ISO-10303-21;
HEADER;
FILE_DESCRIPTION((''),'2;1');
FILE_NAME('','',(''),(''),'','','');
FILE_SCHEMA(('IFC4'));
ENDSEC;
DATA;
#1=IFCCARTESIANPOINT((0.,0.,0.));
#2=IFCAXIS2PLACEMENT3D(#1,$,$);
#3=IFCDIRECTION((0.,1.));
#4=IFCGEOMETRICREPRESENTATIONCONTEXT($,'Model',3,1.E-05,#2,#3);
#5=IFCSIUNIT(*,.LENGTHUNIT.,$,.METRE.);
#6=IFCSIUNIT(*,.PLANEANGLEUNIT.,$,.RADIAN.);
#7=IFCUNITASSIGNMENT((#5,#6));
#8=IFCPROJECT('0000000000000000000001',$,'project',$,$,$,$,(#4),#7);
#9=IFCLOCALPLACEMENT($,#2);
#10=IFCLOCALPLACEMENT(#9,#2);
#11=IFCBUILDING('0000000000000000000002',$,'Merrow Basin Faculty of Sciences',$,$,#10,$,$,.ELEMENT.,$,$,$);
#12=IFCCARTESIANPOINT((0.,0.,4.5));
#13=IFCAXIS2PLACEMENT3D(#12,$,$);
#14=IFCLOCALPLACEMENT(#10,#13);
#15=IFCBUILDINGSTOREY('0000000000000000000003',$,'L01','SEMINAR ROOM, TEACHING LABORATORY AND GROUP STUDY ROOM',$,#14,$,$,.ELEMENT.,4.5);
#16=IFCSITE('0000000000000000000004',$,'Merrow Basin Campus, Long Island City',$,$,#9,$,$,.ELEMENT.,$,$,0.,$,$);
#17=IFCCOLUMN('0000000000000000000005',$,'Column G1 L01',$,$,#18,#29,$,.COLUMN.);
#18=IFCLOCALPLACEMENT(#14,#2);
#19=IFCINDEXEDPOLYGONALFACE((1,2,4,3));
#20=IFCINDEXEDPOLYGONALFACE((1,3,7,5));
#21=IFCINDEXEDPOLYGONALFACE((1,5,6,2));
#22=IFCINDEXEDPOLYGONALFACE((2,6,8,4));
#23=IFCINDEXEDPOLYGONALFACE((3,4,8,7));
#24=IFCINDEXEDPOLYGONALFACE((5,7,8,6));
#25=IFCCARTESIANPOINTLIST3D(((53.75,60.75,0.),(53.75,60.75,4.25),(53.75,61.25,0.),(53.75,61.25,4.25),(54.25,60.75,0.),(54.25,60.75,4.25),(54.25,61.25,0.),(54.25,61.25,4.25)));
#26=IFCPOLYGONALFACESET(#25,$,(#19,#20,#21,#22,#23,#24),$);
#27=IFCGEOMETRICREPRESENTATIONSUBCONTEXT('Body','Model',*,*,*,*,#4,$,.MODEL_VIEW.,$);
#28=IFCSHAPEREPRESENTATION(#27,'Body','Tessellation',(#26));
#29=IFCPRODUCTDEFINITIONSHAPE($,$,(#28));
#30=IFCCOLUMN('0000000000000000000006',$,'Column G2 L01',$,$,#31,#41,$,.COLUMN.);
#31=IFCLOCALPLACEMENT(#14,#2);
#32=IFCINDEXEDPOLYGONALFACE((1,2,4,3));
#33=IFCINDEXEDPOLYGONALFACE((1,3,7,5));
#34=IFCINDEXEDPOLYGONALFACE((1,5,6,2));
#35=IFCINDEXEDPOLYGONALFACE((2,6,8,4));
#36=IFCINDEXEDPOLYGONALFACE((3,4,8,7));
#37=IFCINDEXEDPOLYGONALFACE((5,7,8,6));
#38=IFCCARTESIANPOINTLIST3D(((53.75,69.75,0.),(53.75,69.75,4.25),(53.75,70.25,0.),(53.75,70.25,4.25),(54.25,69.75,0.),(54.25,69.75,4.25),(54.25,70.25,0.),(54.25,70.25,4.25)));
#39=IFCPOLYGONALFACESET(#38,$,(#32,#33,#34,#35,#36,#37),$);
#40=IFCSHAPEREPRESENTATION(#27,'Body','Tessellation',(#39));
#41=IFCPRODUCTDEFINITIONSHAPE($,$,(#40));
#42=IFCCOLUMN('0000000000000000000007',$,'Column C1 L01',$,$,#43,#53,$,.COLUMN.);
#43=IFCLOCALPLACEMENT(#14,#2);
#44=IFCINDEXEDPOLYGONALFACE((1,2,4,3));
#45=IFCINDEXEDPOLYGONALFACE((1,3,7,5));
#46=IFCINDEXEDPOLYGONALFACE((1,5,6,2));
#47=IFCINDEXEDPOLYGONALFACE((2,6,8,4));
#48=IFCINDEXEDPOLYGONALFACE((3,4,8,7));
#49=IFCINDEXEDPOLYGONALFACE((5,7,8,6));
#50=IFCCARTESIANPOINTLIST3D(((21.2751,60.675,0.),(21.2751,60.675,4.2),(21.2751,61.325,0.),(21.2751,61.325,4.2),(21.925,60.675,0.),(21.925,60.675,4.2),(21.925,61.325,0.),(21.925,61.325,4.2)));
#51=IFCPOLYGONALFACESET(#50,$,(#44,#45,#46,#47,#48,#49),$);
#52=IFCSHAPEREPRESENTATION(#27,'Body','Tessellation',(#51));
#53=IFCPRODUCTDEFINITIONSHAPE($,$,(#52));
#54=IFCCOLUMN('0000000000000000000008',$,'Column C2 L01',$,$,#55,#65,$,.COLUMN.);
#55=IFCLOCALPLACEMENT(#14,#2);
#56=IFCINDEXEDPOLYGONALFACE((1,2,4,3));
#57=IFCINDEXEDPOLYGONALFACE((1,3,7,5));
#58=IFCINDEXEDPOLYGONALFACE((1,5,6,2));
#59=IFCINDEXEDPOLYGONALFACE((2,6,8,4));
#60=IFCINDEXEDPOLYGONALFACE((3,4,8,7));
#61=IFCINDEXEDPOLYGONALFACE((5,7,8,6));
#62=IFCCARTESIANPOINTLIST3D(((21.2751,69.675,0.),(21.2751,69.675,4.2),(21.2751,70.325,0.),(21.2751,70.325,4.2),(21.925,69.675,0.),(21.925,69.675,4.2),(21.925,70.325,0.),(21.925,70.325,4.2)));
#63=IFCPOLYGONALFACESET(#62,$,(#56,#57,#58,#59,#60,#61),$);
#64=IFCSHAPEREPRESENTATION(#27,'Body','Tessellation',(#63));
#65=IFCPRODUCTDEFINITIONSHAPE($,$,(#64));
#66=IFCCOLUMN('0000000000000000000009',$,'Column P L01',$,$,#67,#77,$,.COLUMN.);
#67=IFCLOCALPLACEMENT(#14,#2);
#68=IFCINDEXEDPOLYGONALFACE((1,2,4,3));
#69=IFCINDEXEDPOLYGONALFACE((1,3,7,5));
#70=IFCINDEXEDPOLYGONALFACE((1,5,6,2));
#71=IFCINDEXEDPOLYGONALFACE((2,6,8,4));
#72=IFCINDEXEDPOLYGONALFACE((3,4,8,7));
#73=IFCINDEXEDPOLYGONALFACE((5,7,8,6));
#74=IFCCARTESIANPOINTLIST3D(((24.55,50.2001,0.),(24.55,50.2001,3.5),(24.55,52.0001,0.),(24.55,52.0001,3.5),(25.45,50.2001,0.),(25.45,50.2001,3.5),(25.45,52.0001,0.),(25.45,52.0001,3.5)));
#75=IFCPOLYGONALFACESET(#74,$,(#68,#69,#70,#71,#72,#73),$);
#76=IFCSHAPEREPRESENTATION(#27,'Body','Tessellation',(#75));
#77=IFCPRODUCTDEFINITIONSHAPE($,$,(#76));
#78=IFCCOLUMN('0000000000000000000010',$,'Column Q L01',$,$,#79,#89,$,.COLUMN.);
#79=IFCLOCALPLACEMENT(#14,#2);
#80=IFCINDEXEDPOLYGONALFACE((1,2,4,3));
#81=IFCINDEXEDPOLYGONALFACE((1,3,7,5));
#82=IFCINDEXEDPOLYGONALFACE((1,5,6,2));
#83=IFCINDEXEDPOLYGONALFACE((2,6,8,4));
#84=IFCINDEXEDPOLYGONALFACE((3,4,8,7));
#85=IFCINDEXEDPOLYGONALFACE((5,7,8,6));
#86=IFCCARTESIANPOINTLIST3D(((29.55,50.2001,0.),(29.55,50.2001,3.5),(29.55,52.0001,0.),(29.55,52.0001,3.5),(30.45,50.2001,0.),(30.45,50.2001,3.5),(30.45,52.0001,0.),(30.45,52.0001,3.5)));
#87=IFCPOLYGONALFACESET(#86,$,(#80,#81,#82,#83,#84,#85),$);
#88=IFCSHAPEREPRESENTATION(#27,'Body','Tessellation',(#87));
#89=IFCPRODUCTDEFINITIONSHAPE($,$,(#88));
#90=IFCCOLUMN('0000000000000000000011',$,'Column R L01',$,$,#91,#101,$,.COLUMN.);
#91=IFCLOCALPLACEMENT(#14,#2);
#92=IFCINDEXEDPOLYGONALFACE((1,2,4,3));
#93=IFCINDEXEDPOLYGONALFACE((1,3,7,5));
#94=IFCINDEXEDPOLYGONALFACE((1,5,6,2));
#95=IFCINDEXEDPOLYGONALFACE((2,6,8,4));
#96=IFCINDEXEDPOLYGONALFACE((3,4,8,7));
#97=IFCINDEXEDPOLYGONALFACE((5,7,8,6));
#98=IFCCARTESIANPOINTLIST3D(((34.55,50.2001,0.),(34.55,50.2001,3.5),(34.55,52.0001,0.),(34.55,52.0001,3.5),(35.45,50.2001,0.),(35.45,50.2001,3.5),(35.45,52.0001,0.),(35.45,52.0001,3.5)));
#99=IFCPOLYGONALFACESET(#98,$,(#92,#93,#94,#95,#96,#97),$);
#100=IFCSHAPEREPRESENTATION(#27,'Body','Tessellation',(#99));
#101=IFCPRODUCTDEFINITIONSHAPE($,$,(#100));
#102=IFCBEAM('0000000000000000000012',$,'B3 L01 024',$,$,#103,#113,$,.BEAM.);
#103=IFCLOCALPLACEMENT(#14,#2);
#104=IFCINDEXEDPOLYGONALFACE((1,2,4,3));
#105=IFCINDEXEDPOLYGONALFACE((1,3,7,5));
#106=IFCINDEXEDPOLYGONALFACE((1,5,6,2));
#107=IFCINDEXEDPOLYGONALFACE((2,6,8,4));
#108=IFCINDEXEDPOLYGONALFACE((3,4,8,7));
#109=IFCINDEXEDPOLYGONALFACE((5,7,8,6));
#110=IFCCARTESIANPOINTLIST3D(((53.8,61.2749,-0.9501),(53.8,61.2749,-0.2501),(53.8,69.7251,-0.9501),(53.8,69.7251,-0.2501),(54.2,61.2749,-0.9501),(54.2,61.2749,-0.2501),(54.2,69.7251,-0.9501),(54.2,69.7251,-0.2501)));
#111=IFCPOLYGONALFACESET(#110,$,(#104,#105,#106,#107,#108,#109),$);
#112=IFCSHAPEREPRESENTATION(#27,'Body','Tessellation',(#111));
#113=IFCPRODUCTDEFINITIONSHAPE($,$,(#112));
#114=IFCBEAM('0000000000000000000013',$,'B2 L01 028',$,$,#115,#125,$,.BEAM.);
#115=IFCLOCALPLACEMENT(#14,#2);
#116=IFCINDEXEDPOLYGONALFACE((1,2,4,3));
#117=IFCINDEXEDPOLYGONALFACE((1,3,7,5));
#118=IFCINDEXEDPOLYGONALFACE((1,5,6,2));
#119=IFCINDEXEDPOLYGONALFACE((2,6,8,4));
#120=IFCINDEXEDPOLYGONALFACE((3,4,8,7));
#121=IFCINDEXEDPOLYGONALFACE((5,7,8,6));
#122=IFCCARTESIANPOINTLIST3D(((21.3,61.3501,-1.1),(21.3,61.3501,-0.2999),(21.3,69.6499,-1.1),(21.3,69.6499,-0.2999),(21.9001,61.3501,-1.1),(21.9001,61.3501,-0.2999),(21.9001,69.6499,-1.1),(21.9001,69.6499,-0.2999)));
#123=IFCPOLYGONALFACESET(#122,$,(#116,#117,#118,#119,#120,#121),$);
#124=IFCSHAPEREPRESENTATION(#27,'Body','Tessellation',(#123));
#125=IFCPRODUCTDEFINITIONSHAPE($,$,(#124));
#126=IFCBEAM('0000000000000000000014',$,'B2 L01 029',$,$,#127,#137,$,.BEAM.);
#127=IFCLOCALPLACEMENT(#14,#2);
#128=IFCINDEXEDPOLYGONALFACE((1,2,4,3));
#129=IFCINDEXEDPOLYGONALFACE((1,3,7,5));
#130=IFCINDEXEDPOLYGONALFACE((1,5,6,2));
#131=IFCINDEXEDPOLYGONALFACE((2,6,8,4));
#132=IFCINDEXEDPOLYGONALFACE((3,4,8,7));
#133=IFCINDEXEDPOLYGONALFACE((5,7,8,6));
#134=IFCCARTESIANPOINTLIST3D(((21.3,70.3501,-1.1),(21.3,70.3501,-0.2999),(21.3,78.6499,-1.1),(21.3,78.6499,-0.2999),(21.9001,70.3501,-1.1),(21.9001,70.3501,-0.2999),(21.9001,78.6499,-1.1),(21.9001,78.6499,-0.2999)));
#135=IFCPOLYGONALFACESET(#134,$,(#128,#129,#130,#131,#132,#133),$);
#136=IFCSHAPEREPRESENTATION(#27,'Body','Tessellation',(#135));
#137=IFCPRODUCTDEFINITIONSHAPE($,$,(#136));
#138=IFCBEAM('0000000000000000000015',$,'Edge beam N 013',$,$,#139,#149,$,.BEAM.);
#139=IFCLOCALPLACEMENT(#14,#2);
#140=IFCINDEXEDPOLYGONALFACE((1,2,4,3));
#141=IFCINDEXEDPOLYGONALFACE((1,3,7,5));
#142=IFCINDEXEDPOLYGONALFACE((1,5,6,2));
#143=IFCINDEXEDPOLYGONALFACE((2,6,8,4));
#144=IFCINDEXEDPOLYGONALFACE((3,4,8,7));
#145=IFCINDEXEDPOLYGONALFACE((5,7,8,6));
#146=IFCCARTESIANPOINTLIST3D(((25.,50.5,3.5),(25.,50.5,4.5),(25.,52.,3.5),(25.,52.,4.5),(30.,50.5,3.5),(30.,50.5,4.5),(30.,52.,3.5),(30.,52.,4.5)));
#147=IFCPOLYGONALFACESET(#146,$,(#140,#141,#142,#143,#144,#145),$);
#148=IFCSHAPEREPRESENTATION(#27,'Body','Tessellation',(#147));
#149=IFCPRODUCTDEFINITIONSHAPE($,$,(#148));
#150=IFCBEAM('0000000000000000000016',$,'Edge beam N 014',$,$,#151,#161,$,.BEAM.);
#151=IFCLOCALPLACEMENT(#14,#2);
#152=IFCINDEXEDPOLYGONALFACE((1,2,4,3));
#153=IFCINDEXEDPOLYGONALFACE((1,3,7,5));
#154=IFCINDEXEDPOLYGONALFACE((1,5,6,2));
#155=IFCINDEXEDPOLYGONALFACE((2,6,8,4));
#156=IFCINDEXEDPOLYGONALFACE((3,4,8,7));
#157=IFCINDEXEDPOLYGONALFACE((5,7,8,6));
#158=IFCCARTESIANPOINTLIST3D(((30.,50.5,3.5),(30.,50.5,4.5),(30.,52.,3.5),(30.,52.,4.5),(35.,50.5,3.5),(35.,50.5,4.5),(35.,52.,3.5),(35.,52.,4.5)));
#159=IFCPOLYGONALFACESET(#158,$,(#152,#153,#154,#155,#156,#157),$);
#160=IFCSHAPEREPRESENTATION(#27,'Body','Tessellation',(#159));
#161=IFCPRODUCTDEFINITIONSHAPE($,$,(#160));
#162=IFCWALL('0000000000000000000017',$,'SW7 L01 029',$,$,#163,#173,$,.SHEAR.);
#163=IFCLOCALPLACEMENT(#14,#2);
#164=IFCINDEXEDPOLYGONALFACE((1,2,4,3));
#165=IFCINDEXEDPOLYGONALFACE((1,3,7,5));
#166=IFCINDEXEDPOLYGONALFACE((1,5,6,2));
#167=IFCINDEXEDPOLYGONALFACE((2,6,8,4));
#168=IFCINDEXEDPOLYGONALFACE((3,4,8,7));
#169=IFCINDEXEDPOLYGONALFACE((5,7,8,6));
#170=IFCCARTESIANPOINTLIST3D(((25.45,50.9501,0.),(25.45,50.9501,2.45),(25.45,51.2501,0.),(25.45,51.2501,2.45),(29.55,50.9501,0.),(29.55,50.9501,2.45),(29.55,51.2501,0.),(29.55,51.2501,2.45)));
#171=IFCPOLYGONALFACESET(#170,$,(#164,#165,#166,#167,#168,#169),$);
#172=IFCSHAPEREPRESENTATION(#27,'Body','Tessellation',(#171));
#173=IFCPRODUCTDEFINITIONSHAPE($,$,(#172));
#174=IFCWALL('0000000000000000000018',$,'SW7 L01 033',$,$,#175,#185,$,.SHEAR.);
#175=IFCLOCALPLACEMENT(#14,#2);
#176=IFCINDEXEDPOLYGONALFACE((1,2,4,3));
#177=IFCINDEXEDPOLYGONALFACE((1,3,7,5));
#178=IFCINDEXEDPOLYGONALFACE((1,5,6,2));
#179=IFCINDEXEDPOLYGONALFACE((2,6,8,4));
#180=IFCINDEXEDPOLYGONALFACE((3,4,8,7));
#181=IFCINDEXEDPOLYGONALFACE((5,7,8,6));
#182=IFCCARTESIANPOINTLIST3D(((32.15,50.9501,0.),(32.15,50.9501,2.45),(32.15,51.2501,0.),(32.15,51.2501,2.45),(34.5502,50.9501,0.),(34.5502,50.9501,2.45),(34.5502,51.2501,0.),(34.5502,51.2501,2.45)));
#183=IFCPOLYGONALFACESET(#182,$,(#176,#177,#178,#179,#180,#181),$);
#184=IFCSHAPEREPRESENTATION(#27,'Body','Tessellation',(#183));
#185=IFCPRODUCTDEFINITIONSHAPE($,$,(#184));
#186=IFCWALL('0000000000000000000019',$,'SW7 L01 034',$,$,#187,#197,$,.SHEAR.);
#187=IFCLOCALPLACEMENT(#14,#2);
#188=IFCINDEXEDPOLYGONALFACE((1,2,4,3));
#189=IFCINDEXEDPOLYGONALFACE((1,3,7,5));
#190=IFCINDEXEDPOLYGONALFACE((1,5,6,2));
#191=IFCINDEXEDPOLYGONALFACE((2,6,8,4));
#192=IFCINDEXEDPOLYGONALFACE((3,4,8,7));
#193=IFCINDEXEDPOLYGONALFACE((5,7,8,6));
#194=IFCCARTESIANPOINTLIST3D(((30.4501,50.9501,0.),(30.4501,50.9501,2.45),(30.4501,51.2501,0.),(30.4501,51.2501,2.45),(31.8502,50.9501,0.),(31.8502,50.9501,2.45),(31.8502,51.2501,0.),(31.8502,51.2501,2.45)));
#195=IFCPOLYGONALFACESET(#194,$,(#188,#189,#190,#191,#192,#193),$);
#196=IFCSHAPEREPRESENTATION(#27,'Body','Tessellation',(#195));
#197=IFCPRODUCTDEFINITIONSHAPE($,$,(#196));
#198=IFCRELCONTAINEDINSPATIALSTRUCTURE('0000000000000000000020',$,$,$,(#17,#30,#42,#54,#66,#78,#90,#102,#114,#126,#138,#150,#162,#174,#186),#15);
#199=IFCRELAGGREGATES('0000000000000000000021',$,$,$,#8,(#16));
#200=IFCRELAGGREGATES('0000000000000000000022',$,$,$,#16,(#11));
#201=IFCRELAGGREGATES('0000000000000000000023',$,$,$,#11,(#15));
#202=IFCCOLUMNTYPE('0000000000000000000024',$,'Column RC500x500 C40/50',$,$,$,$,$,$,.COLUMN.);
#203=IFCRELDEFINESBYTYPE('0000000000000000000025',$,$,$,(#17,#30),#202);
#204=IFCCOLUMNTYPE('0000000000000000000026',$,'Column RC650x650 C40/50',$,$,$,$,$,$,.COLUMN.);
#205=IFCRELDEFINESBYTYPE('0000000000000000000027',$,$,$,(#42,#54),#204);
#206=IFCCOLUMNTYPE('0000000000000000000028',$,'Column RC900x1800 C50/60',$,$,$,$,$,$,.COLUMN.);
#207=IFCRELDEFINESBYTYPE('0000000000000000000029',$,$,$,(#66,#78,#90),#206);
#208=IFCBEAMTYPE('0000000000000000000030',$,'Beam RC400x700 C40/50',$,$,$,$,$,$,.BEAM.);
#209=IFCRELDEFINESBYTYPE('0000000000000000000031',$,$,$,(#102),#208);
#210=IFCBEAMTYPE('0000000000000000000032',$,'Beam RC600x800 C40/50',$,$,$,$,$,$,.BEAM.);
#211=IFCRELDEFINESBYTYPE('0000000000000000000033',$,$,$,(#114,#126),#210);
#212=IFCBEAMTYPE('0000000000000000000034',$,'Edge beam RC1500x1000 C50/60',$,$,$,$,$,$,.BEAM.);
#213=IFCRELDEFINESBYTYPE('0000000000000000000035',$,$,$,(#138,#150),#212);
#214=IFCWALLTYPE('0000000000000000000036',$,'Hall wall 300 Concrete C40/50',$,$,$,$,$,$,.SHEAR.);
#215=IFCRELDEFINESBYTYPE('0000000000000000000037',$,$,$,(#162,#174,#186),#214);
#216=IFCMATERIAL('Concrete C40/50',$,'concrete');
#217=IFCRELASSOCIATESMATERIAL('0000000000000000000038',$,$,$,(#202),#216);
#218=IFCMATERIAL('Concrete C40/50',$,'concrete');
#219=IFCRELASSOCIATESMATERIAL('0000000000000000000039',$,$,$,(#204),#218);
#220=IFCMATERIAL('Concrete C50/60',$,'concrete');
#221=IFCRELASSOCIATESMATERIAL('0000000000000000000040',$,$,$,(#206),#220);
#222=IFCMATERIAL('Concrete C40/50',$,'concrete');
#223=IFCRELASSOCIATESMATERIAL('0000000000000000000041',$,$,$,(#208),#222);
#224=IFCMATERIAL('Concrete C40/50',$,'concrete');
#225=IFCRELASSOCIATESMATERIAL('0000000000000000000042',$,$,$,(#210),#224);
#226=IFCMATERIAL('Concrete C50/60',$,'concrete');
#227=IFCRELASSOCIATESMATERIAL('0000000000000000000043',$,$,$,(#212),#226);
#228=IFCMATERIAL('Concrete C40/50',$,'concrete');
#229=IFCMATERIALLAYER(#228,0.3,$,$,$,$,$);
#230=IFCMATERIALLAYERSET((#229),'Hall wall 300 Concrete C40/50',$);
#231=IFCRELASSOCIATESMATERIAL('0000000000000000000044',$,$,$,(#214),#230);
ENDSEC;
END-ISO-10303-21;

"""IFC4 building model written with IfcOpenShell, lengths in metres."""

from ifc_helpers import new_model, si_unit, direction, frame, frame_2d, origin, origin_2d, place, context, subcontext, project, spatial, rectangle, extrude, material, layer, layer_set, material_profile, profile_set, type_object, element, save


model = new_model("IFC4")

# Units and contexts
model_context = context("Model", 3, precision=1e-05, world=origin(), true_north=direction((0.0, 1.0)))
body_context = subcontext(model_context, "Body", "Model", "MODEL_VIEW")
ifc_project = project(units=[si_unit("LENGTHUNIT", "METRE"), si_unit("PLANEANGLEUNIT", "RADIAN")], contexts=[model_context])

# Site, building, storey
site_placement = place(None, origin())
site = spatial("IfcSite", under=ifc_project, at=site_placement, Name="Merrow Basin Campus, Long Island City", CompositionType="ELEMENT", RefElevation=0.0)
building_placement = place(site_placement, origin())
building = spatial("IfcBuilding", under=site, at=building_placement, Name="Merrow Basin Faculty of Sciences", CompositionType="ELEMENT")
storey_placement = place(building_placement, frame((0.0, 0.0, 4.5)))
storey = spatial("IfcBuildingStorey", under=building, at=storey_placement, Name="L01", Description="SEMINAR ROOM, TEACHING LABORATORY AND GROUP STUDY ROOM", CompositionType="ELEMENT", Elevation=4.5)

# Columns
ifc_material_1 = material(Name="Concrete C40/50", Category="concrete")
ifc_material_profile_1 = material_profile(ifc_material_1, rectangle(XDim=0.5, YDim=0.5, at=origin_2d()))
ifc_profile_set_1 = profile_set([ifc_material_profile_1], Name="Concrete C40/50")
column_type_1 = type_object("IfcColumnType", Name="Column RC500x500 C40/50", PredefinedType="COLUMN", material=ifc_profile_set_1)
for number, where, z_axis, x_axis, name in (
    (1, (54.0, 61.0, 0.0), (0.0, 0.0, 1.0), (1.0, 0.0, 0.0), "Column G1 L01"),
    (2, (54.0, 70.0, 0.0), (0.0, 0.0, 1.0), (1.0, 0.0, 0.0), "Column G2 L01"),
):
    element("IfcColumn", number, at=place(storey_placement, frame(where, z_axis=z_axis, x_axis=x_axis)), inside=storey, type_object=column_type_1, Name=name, PredefinedType="COLUMN", context=body_context, shape_type="SweptSolid", body=[
        extrude(rectangle(XDim=0.5, YDim=0.5, at=origin_2d()), origin(), (0.0, 0.0, 1.0), 4.25),
    ])
ifc_material_2 = material(Name="Concrete C40/50", Category="concrete")
ifc_material_profile_2 = material_profile(ifc_material_2, rectangle(XDim=0.6499, YDim=0.6499, at=origin_2d()))
ifc_profile_set_2 = profile_set([ifc_material_profile_2], Name="Concrete C40/50")
column_type_2 = type_object("IfcColumnType", Name="Column RC650x650 C40/50", PredefinedType="COLUMN", material=ifc_profile_set_2)
for number, where, z_axis, x_axis, name in (
    (3, (21.6001, 61.0, 0.0), (0.0, 0.0, 1.0), (1.0, 0.0, 0.0), "Column C1 L01"),
    (4, (21.6001, 70.0, 0.0), (0.0, 0.0, 1.0), (1.0, 0.0, 0.0), "Column C2 L01"),
):
    element("IfcColumn", number, at=place(storey_placement, frame(where, z_axis=z_axis, x_axis=x_axis)), inside=storey, type_object=column_type_2, Name=name, PredefinedType="COLUMN", context=body_context, shape_type="SweptSolid", body=[
        extrude(rectangle(XDim=0.6499, YDim=0.6499, at=origin_2d()), origin(), (0.0, 0.0, 1.0), 4.2),
    ])
ifc_material_3 = material(Name="Concrete C50/60", Category="concrete")
ifc_material_profile_3 = material_profile(ifc_material_3, rectangle(XDim=0.8999, YDim=1.8, at=origin_2d()))
ifc_profile_set_3 = profile_set([ifc_material_profile_3], Name="Concrete C50/60")
column_type_3 = type_object("IfcColumnType", Name="Column RC900x1800 C50/60", PredefinedType="COLUMN", material=ifc_profile_set_3)
for number, where, z_axis, x_axis, name in (
    (5, (25.0, 51.1001, 0.0), (0.0, 0.0, 1.0), (1.0, 0.0, 0.0), "Column P L01"),
    (6, (30.0, 51.1001, 0.0), (0.0, 0.0, 1.0), (1.0, 0.0, 0.0), "Column Q L01"),
    (7, (35.0, 51.1001, 0.0), (0.0, 0.0, 1.0), (1.0, 0.0, 0.0), "Column R L01"),
):
    element("IfcColumn", number, at=place(storey_placement, frame(where, z_axis=z_axis, x_axis=x_axis)), inside=storey, type_object=column_type_3, Name=name, PredefinedType="COLUMN", context=body_context, shape_type="SweptSolid", body=[
        extrude(rectangle(XDim=0.8999, YDim=1.8, at=origin_2d()), origin(), (0.0, 0.0, 1.0), 3.5),
    ])

# Beams
ifc_material_4 = material(Name="Concrete C40/50", Category="concrete")
ifc_material_profile_4 = material_profile(ifc_material_4, rectangle(XDim=0.3999, YDim=0.7, at=origin_2d()))
ifc_profile_set_4 = profile_set([ifc_material_profile_4], Name="Concrete C40/50")
beam_type_1 = type_object("IfcBeamType", Name="Beam RC400x700 C40/50", PredefinedType="BEAM", material=ifc_profile_set_4)
beam_placement = place(storey_placement, frame((54.0, 61.2749, -0.6001), z_axis=(0.0, 1.0, 0.0), x_axis=(-1.0, 0.0, 0.0)))
element("IfcBeam", 8, at=beam_placement, inside=storey, type_object=beam_type_1, Name="B3 L01 024", PredefinedType="BEAM", context=body_context, shape_type="SweptSolid", body=[
    extrude(rectangle(XDim=0.3999, YDim=0.7, at=origin_2d()), origin(), (0.0, 0.0, 1.0), 8.4502),
])
ifc_material_5 = material(Name="Concrete C40/50", Category="concrete")
ifc_material_profile_5 = material_profile(ifc_material_5, rectangle(XDim=0.6001, YDim=0.8, at=origin_2d()))
ifc_profile_set_5 = profile_set([ifc_material_profile_5], Name="Concrete C40/50")
beam_type_2 = type_object("IfcBeamType", Name="Beam RC600x800 C40/50", PredefinedType="BEAM", material=ifc_profile_set_5)
for number, where, z_axis, x_axis, name in (
    (9, (21.6001, 61.3501, -0.7), (0.0, 1.0, 0.0), (-1.0, 0.0, 0.0), "B2 L01 028"),
    (10, (21.6001, 70.3501, -0.7), (0.0, 1.0, 0.0), (-1.0, 0.0, 0.0), "B2 L01 029"),
):
    element("IfcBeam", number, at=place(storey_placement, frame(where, z_axis=z_axis, x_axis=x_axis)), inside=storey, type_object=beam_type_2, Name=name, PredefinedType="BEAM", context=body_context, shape_type="SweptSolid", body=[
        extrude(rectangle(XDim=0.6001, YDim=0.8, at=origin_2d()), origin(), (0.0, 0.0, 1.0), 8.2998),
    ])
ifc_material_6 = material(Name="Concrete C50/60", Category="concrete")
ifc_material_profile_6 = material_profile(ifc_material_6, rectangle(XDim=1.5, YDim=1.0, at=origin_2d()))
ifc_profile_set_6 = profile_set([ifc_material_profile_6], Name="Concrete C50/60")
beam_type_3 = type_object("IfcBeamType", Name="Edge beam RC1500x1000 C50/60", PredefinedType="BEAM", material=ifc_profile_set_6)
for number, where, z_axis, x_axis, name in (
    (11, (25.0, 51.25, 4.0), (1.0, 0.0, 0.0), (0.0, 1.0, 0.0), "Edge beam N 013"),
    (12, (30.0, 51.25, 4.0), (1.0, 0.0, 0.0), (0.0, 1.0, 0.0), "Edge beam N 014"),
):
    element("IfcBeam", number, at=place(storey_placement, frame(where, z_axis=z_axis, x_axis=x_axis)), inside=storey, type_object=beam_type_3, Name=name, PredefinedType="BEAM", context=body_context, shape_type="SweptSolid", body=[
        extrude(rectangle(XDim=1.5, YDim=1.0, at=origin_2d()), origin(), (0.0, 0.0, 1.0), 5.0),
    ])

# Walls
ifc_material_7 = material(Name="Concrete C40/50", Category="concrete")
ifc_layer_1 = layer(ifc_material_7, 0.3)
ifc_layer_set_1 = layer_set([ifc_layer_1], Name="Hall wall 300 Concrete C40/50")
wall_type = type_object("IfcWallType", Name="Hall wall 300 Concrete C40/50", PredefinedType="SHEAR", material=ifc_layer_set_1)
wall_1_placement = place(storey_placement, frame((25.45, 51.1001, 0.0), z_axis=(0.0, 0.0, 1.0), x_axis=(1.0, 0.0, 0.0)))
element("IfcWall", 13, at=wall_1_placement, inside=storey, type_object=wall_type, Name="SW7 L01 029", PredefinedType="SHEAR", context=body_context, shape_type="SweptSolid", body=[
    extrude(rectangle(XDim=4.1001, YDim=0.3, at=frame_2d((2.05, 0.0))), origin(), (0.0, 0.0, 1.0), 2.45),
])
wall_2_placement = place(storey_placement, frame((32.1499, 51.1001, 0.0), z_axis=(0.0, 0.0, 1.0), x_axis=(1.0, 0.0, 0.0)))
element("IfcWall", 14, at=wall_2_placement, inside=storey, type_object=wall_type, Name="SW7 L01 033", PredefinedType="SHEAR", context=body_context, shape_type="SweptSolid", body=[
    extrude(rectangle(XDim=2.4001, YDim=0.3, at=frame_2d((1.2002, 0.0))), origin(), (0.0, 0.0, 1.0), 2.45),
])
wall_3_placement = place(storey_placement, frame((30.45, 51.1001, 0.0), z_axis=(0.0, 0.0, 1.0), x_axis=(1.0, 0.0, 0.0)))
element("IfcWall", 15, at=wall_3_placement, inside=storey, type_object=wall_type, Name="SW7 L01 034", PredefinedType="SHEAR", context=body_context, shape_type="SweptSolid", body=[
    extrude(rectangle(XDim=1.4001, YDim=0.3, at=frame_2d((0.7002, 0.0))), origin(), (0.0, 0.0, 1.0), 2.45),
])

save(model, "model.ifc")
